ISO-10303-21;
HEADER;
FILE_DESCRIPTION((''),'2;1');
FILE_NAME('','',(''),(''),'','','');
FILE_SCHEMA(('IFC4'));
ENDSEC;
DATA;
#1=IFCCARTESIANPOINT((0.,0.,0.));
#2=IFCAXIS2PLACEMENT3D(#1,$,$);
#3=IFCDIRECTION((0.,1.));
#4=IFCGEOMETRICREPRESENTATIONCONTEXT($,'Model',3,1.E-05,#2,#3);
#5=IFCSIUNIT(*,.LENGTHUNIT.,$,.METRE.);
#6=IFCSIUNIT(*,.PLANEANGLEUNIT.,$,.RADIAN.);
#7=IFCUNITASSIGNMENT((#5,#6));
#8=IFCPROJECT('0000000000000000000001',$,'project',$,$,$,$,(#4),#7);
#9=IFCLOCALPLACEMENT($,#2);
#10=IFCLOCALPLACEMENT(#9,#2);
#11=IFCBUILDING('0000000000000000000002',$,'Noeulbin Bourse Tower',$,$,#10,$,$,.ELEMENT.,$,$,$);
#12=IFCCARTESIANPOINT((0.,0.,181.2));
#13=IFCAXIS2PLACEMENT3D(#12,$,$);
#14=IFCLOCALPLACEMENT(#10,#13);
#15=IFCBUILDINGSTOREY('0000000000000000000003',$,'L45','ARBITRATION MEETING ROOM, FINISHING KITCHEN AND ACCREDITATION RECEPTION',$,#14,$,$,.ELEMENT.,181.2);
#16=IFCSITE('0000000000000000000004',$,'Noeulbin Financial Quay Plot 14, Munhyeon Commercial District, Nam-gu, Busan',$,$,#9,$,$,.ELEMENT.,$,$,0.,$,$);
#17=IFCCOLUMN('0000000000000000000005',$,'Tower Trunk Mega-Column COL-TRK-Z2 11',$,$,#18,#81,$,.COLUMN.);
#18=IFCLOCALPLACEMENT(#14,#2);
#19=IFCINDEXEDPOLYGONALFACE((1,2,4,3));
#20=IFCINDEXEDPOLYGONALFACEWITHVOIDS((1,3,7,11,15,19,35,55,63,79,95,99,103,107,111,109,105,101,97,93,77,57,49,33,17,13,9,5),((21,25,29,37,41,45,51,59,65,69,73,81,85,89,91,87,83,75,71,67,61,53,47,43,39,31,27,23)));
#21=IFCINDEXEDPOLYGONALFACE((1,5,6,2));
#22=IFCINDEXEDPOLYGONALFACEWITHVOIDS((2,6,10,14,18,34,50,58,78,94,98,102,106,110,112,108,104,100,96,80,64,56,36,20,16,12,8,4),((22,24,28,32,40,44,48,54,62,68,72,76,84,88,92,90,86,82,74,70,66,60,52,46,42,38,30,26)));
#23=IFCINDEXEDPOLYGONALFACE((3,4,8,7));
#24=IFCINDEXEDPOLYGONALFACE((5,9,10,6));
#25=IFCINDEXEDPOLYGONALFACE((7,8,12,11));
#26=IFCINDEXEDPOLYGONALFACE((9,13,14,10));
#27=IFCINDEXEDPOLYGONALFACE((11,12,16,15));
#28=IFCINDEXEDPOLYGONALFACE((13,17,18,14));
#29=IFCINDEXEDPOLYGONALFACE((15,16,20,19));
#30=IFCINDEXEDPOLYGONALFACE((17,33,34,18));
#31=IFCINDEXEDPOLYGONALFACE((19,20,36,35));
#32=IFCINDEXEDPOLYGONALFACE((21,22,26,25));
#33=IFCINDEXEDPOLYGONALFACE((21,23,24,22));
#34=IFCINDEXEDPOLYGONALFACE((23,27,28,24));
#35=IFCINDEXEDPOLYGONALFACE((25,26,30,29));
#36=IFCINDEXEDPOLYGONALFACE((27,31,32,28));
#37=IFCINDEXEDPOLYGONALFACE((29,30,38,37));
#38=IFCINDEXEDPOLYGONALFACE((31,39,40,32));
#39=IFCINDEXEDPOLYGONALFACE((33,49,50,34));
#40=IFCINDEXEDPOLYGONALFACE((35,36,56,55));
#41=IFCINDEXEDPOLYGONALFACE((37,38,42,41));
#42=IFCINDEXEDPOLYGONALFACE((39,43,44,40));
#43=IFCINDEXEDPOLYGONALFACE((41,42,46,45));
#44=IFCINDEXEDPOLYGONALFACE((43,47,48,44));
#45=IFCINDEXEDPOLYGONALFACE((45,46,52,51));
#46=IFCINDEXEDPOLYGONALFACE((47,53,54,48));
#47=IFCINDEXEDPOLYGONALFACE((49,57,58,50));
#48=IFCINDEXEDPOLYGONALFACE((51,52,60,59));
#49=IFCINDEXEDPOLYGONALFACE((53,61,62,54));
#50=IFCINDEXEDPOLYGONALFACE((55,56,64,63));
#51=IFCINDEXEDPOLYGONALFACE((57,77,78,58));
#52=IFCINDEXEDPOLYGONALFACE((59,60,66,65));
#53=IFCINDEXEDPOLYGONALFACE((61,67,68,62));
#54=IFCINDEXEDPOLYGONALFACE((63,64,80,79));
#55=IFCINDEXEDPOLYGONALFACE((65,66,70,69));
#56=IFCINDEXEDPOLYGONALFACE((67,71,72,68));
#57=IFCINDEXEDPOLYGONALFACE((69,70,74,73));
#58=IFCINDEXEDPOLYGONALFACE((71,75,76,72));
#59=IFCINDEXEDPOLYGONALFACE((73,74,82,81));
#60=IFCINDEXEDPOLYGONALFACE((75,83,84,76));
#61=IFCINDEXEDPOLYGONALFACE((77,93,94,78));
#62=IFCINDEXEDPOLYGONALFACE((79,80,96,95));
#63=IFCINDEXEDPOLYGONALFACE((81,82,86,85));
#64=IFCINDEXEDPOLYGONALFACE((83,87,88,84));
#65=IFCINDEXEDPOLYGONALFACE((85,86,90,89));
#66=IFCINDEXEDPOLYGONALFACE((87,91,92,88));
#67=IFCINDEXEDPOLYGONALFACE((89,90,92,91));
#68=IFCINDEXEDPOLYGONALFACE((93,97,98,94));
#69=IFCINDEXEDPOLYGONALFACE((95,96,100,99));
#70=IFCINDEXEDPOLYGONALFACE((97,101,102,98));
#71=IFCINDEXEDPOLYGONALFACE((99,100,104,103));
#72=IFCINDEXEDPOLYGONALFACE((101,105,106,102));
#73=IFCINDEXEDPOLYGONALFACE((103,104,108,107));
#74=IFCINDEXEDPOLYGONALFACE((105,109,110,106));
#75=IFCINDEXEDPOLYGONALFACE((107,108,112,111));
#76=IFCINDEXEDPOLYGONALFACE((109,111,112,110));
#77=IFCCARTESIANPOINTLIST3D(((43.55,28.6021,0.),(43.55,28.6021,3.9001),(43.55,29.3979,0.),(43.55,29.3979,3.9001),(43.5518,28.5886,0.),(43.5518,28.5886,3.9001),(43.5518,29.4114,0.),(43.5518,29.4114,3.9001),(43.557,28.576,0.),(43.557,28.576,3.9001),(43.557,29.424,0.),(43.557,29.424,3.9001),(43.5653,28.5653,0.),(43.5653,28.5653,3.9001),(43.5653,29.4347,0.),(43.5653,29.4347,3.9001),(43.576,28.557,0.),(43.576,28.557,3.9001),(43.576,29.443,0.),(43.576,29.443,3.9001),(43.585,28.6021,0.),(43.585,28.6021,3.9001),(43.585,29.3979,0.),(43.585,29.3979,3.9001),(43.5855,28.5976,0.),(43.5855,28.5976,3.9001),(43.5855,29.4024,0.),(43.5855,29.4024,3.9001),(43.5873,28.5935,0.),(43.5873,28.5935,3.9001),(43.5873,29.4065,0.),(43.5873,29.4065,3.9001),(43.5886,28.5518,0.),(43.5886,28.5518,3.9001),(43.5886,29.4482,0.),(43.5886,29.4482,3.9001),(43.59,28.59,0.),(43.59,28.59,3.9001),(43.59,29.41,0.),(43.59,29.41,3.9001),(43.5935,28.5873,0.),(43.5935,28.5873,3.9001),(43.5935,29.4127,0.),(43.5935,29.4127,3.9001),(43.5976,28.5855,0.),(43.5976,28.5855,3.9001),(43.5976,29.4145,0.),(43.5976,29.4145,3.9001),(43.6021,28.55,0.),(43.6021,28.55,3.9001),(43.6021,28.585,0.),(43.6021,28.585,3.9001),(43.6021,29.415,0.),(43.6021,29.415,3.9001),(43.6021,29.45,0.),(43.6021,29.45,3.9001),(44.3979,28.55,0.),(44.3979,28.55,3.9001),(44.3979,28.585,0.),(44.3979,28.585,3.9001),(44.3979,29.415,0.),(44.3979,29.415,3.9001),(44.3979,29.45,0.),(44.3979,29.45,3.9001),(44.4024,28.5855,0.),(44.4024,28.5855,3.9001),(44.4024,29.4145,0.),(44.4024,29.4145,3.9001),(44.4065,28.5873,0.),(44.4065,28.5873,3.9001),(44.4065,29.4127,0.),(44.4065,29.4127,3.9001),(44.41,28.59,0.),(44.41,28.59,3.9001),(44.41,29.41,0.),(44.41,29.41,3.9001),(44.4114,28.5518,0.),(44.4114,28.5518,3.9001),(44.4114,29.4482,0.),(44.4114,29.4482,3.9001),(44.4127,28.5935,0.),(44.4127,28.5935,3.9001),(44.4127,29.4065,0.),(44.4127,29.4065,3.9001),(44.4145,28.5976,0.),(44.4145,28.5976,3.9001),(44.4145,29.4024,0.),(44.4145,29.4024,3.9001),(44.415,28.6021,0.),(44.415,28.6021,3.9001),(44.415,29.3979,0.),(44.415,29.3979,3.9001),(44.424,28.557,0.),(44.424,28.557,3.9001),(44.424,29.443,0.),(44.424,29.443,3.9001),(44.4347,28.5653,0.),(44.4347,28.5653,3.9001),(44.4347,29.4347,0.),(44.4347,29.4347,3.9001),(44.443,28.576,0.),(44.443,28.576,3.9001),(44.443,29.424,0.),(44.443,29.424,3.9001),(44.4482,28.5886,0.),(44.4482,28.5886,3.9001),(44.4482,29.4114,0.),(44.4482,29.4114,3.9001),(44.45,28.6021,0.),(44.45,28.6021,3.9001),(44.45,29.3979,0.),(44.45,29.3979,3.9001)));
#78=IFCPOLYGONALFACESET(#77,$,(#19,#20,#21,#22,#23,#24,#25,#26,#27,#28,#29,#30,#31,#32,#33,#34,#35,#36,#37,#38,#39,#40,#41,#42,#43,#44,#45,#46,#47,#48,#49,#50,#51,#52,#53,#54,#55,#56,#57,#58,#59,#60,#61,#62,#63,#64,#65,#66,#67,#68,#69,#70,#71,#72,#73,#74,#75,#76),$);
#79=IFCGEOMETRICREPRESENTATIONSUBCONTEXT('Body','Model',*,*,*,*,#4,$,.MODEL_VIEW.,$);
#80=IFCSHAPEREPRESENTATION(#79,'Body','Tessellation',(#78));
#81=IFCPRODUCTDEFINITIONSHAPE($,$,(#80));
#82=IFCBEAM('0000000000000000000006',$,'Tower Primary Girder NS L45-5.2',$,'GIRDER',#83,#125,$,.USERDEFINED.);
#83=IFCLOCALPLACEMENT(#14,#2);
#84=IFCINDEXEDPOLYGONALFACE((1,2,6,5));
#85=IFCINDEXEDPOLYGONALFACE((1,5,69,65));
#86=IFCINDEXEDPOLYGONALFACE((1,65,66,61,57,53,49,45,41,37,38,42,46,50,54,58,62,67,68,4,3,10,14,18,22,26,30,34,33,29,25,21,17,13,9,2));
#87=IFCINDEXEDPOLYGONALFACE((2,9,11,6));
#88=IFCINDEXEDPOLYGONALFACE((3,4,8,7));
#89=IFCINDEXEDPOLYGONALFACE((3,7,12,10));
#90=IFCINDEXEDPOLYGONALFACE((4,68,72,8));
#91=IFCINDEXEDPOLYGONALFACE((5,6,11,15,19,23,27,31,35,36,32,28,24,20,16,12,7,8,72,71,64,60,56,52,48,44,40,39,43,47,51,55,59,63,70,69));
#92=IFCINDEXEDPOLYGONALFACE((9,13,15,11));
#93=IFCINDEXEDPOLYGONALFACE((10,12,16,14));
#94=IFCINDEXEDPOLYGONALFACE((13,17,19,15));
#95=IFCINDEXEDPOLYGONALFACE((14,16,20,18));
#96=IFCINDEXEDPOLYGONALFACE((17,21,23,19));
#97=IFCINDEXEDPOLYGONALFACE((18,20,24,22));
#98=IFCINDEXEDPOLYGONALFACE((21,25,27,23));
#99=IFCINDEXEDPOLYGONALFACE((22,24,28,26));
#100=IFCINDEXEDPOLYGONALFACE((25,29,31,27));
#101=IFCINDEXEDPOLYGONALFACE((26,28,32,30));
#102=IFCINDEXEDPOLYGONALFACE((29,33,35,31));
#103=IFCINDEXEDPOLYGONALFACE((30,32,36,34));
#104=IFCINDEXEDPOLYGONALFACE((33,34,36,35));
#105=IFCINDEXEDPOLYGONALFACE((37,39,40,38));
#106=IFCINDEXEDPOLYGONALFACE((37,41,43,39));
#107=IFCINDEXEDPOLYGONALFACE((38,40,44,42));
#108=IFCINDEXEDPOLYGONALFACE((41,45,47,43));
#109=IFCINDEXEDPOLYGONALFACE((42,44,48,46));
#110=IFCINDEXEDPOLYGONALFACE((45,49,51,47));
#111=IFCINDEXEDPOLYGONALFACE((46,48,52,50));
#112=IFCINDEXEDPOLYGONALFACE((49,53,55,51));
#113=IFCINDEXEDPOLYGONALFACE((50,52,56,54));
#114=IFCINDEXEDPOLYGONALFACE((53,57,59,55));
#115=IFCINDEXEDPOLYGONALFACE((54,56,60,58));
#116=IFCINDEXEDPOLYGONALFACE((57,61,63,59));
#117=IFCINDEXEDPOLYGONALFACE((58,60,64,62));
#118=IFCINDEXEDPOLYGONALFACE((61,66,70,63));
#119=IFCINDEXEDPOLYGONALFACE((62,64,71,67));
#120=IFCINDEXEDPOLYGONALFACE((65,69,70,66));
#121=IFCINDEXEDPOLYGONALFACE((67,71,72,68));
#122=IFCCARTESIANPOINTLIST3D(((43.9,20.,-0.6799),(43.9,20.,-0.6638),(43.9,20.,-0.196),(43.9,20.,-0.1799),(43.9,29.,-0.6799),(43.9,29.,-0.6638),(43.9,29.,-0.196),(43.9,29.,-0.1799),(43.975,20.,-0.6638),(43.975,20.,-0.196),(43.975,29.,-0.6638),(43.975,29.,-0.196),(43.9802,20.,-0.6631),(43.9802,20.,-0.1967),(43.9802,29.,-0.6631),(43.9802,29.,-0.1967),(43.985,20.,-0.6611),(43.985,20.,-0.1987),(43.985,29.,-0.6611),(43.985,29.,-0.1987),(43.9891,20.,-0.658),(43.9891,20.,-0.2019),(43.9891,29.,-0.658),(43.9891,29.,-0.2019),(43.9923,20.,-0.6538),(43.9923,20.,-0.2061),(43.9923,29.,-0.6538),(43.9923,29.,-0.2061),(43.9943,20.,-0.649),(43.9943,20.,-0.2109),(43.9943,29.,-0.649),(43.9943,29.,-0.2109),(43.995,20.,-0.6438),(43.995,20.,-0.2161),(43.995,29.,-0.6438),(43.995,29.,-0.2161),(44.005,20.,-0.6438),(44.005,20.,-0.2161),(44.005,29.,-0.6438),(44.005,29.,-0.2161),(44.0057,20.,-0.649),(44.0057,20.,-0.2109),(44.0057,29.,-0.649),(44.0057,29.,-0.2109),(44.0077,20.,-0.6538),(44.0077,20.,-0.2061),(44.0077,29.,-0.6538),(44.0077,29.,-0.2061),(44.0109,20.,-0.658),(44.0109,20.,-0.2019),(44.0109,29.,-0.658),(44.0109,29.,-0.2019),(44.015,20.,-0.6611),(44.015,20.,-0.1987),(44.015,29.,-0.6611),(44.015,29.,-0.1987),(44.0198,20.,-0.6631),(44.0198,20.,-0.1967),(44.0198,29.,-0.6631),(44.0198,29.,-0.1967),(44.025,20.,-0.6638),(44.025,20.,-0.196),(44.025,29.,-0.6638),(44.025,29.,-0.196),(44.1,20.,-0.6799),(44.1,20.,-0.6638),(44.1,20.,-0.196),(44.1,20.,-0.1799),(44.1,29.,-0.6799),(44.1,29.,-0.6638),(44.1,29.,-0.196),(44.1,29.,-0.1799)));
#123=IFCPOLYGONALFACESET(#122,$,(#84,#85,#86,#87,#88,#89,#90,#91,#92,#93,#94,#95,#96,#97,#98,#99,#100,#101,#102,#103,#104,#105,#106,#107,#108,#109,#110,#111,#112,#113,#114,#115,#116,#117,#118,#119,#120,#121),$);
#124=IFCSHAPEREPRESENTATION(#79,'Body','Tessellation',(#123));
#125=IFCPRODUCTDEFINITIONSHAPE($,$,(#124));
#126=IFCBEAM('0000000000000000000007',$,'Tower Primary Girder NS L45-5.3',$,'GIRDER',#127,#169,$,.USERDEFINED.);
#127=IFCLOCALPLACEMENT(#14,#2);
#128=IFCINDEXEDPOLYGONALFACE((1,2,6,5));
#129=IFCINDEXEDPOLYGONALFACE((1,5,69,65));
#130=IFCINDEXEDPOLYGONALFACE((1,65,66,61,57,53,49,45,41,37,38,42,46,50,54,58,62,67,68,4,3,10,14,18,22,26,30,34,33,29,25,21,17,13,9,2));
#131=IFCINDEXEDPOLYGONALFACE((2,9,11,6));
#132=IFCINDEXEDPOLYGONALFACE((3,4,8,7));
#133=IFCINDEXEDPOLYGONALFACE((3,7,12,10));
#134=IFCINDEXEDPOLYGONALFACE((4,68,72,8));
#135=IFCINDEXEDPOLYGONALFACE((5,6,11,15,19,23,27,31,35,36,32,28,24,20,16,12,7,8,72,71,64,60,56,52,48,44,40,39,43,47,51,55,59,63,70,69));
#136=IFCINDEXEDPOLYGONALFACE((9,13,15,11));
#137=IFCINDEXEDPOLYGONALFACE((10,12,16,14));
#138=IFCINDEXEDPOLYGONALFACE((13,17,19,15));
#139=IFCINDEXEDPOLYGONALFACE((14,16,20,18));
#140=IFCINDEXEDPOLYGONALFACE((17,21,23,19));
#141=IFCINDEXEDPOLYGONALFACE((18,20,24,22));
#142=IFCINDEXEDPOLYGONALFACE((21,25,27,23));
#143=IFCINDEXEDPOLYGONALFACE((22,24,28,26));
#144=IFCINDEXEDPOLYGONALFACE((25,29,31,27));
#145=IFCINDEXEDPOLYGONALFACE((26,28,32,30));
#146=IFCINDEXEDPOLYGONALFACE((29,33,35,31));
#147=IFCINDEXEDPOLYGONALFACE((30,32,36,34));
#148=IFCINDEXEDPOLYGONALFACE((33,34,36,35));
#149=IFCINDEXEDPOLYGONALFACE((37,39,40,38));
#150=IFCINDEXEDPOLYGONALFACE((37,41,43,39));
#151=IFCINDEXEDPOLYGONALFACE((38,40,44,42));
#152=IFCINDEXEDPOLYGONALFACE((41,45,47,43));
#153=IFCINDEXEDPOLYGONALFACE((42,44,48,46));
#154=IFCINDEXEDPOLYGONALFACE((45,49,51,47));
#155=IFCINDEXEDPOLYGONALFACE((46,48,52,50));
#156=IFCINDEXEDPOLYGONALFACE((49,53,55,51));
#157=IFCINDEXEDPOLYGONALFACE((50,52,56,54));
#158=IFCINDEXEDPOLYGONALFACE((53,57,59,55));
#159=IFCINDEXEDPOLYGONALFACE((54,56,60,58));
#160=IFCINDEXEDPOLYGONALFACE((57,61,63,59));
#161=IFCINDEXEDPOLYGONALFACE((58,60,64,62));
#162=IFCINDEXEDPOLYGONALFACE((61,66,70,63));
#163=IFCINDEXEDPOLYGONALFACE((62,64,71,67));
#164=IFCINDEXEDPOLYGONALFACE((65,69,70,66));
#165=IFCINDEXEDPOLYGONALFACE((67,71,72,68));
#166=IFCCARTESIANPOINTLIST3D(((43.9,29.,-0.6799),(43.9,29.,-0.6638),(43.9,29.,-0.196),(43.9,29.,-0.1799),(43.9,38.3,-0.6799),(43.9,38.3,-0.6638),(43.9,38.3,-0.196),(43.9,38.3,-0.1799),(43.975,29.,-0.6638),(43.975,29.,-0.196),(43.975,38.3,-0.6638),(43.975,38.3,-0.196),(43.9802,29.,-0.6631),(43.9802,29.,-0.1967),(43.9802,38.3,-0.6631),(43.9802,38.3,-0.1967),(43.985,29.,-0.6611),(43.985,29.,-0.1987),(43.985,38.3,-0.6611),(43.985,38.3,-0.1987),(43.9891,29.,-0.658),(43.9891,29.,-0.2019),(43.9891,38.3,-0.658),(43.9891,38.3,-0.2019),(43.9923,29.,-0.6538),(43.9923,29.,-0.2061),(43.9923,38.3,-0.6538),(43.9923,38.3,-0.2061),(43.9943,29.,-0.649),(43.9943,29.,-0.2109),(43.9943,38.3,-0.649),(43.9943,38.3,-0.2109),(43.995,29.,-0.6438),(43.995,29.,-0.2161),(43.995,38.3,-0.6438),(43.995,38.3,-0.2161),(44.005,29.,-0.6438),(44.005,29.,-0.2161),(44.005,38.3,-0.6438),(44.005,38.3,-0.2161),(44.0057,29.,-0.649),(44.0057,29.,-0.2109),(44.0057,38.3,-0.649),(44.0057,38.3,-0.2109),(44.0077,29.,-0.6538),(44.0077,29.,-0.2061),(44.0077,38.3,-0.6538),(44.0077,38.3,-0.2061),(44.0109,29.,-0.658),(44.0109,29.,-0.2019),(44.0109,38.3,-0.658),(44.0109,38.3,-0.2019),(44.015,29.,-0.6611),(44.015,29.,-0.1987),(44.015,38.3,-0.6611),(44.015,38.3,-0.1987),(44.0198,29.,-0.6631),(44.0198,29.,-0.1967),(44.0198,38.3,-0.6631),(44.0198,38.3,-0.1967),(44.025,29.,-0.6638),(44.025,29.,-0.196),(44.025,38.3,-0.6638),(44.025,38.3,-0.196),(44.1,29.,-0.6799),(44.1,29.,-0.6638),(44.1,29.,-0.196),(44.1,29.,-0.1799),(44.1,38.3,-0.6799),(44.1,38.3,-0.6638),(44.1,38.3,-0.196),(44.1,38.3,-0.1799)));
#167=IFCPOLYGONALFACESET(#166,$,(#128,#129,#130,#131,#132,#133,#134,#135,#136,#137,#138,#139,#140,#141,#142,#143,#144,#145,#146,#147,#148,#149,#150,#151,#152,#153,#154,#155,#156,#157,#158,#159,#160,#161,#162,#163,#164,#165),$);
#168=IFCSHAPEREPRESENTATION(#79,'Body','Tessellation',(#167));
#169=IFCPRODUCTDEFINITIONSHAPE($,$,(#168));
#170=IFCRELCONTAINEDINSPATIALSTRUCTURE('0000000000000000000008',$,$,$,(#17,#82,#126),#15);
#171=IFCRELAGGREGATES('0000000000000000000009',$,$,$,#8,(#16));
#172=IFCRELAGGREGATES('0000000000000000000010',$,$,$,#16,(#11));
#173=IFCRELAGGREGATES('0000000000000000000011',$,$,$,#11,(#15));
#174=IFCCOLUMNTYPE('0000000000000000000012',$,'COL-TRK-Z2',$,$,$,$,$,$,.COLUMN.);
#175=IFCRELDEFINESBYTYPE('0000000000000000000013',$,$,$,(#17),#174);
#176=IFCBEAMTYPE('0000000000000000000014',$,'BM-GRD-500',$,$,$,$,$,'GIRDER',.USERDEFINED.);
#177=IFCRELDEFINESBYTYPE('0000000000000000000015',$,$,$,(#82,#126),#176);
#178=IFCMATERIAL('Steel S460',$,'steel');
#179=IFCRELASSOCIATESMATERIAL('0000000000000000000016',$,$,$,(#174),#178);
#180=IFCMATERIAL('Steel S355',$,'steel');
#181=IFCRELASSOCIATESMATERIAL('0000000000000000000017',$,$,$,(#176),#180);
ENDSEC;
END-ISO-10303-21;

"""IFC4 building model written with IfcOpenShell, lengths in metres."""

from ifc_helpers import new_model, si_unit, direction, frame, origin, origin_2d, place, context, subcontext, project, spatial, hollow_rectangle, i_section, extrude, material, material_profile, profile_set, type_object, element, save


model = new_model("IFC4")

# Units and contexts
model_context = context("Model", 3, precision=1e-05, world=origin(), true_north=direction((0.0, 1.0)))
body_context = subcontext(model_context, "Body", "Model", "MODEL_VIEW")
ifc_project = project(units=[si_unit("LENGTHUNIT", "METRE"), si_unit("PLANEANGLEUNIT", "RADIAN")], contexts=[model_context])

# Site, building, storey
site_placement = place(None, origin())
site = spatial("IfcSite", under=ifc_project, at=site_placement, Name="Noeulbin Financial Quay Plot 14, Munhyeon Commercial District, Nam-gu, Busan", CompositionType="ELEMENT", RefElevation=0.0)
building_placement = place(site_placement, origin())
building = spatial("IfcBuilding", under=site, at=building_placement, Name="Noeulbin Bourse Tower", CompositionType="ELEMENT")
storey_placement = place(building_placement, frame((0.0, 0.0, 181.2)))
storey = spatial("IfcBuildingStorey", under=building, at=storey_placement, Name="L45", Description="ARBITRATION MEETING ROOM, FINISHING KITCHEN AND ACCREDITATION RECEPTION", CompositionType="ELEMENT", Elevation=181.2)

# Column
ifc_material_1 = material(Name="Steel S355", Category="steel")
ifc_material_2 = material(Name="Steel S460", Category="steel")
ifc_material_profile_1 = material_profile(ifc_material_2, hollow_rectangle(XDim=0.8999, YDim=0.8999, WallThickness=0.0349, InnerFilletRadius=0.0171, OuterFilletRadius=0.052, at=origin_2d()), Name="BOX-900x900x35", Category="LoadBearing")
ifc_profile_set_1 = profile_set([ifc_material_profile_1], Name="Steel S460")
column_type_1 = type_object("IfcColumnType", Name="COL-TRK-Z2", PredefinedType="COLUMN", material=ifc_profile_set_1)
column_placement = place(storey_placement, frame((44.0, 29.0, 0.0), z_axis=(0.0, 0.0, 1.0), x_axis=(1.0, 0.0, 0.0)))
element("IfcColumn", 1, at=column_placement, inside=storey, type_object=column_type_1, Name="Tower Trunk Mega-Column COL-TRK-Z2 11", PredefinedType="COLUMN", context=body_context, shape_type="SweptSolid", body=[
    extrude(hollow_rectangle(XDim=0.8999, YDim=0.8999, WallThickness=0.0349, InnerFilletRadius=0.0171, OuterFilletRadius=0.052, at=origin_2d()), origin(), (0.0, 0.0, 1.0), 3.9001),
])

# Beams
ifc_material_profile_2 = material_profile(ifc_material_1, i_section(OverallWidth=0.2, OverallDepth=0.5, WebThickness=0.01, FlangeThickness=0.0161, FilletRadius=0.02, at=origin_2d()), Name="H-500x200x10x16", Category="LoadBearing")
ifc_profile_set_2 = profile_set([ifc_material_profile_2], Name="Steel S355")
beam_type_1 = type_object("IfcBeamType", Name="BM-GRD-500", ElementType="GIRDER", PredefinedType="USERDEFINED", material=ifc_profile_set_2)
beam_1_placement = place(storey_placement, frame((44.0, 20.0, -0.4299), z_axis=(0.0, 1.0, 0.0), x_axis=(-1.0, 0.0, 0.0)))
element("IfcBeam", 2, at=beam_1_placement, inside=storey, type_object=beam_type_1, Name="Tower Primary Girder NS L45-5.2", ObjectType="GIRDER", PredefinedType="USERDEFINED", context=body_context, shape_type="SweptSolid", body=[
    extrude(i_section(OverallWidth=0.2, OverallDepth=0.5, WebThickness=0.01, FlangeThickness=0.0161, FilletRadius=0.02, at=origin_2d()), origin(), (0.0, 0.0, 1.0), 9.0),
])
beam_2_placement = place(storey_placement, frame((44.0, 29.0, -0.4299), z_axis=(0.0, 1.0, 0.0), x_axis=(-1.0, 0.0, 0.0)))
element("IfcBeam", 3, at=beam_2_placement, inside=storey, type_object=beam_type_1, Name="Tower Primary Girder NS L45-5.3", ObjectType="GIRDER", PredefinedType="USERDEFINED", context=body_context, shape_type="SweptSolid", body=[
    extrude(i_section(OverallWidth=0.2, OverallDepth=0.5, WebThickness=0.01, FlangeThickness=0.0161, FilletRadius=0.02, at=origin_2d()), origin(), (0.0, 0.0, 1.0), 9.3),
])

save(model, "model.ifc")
